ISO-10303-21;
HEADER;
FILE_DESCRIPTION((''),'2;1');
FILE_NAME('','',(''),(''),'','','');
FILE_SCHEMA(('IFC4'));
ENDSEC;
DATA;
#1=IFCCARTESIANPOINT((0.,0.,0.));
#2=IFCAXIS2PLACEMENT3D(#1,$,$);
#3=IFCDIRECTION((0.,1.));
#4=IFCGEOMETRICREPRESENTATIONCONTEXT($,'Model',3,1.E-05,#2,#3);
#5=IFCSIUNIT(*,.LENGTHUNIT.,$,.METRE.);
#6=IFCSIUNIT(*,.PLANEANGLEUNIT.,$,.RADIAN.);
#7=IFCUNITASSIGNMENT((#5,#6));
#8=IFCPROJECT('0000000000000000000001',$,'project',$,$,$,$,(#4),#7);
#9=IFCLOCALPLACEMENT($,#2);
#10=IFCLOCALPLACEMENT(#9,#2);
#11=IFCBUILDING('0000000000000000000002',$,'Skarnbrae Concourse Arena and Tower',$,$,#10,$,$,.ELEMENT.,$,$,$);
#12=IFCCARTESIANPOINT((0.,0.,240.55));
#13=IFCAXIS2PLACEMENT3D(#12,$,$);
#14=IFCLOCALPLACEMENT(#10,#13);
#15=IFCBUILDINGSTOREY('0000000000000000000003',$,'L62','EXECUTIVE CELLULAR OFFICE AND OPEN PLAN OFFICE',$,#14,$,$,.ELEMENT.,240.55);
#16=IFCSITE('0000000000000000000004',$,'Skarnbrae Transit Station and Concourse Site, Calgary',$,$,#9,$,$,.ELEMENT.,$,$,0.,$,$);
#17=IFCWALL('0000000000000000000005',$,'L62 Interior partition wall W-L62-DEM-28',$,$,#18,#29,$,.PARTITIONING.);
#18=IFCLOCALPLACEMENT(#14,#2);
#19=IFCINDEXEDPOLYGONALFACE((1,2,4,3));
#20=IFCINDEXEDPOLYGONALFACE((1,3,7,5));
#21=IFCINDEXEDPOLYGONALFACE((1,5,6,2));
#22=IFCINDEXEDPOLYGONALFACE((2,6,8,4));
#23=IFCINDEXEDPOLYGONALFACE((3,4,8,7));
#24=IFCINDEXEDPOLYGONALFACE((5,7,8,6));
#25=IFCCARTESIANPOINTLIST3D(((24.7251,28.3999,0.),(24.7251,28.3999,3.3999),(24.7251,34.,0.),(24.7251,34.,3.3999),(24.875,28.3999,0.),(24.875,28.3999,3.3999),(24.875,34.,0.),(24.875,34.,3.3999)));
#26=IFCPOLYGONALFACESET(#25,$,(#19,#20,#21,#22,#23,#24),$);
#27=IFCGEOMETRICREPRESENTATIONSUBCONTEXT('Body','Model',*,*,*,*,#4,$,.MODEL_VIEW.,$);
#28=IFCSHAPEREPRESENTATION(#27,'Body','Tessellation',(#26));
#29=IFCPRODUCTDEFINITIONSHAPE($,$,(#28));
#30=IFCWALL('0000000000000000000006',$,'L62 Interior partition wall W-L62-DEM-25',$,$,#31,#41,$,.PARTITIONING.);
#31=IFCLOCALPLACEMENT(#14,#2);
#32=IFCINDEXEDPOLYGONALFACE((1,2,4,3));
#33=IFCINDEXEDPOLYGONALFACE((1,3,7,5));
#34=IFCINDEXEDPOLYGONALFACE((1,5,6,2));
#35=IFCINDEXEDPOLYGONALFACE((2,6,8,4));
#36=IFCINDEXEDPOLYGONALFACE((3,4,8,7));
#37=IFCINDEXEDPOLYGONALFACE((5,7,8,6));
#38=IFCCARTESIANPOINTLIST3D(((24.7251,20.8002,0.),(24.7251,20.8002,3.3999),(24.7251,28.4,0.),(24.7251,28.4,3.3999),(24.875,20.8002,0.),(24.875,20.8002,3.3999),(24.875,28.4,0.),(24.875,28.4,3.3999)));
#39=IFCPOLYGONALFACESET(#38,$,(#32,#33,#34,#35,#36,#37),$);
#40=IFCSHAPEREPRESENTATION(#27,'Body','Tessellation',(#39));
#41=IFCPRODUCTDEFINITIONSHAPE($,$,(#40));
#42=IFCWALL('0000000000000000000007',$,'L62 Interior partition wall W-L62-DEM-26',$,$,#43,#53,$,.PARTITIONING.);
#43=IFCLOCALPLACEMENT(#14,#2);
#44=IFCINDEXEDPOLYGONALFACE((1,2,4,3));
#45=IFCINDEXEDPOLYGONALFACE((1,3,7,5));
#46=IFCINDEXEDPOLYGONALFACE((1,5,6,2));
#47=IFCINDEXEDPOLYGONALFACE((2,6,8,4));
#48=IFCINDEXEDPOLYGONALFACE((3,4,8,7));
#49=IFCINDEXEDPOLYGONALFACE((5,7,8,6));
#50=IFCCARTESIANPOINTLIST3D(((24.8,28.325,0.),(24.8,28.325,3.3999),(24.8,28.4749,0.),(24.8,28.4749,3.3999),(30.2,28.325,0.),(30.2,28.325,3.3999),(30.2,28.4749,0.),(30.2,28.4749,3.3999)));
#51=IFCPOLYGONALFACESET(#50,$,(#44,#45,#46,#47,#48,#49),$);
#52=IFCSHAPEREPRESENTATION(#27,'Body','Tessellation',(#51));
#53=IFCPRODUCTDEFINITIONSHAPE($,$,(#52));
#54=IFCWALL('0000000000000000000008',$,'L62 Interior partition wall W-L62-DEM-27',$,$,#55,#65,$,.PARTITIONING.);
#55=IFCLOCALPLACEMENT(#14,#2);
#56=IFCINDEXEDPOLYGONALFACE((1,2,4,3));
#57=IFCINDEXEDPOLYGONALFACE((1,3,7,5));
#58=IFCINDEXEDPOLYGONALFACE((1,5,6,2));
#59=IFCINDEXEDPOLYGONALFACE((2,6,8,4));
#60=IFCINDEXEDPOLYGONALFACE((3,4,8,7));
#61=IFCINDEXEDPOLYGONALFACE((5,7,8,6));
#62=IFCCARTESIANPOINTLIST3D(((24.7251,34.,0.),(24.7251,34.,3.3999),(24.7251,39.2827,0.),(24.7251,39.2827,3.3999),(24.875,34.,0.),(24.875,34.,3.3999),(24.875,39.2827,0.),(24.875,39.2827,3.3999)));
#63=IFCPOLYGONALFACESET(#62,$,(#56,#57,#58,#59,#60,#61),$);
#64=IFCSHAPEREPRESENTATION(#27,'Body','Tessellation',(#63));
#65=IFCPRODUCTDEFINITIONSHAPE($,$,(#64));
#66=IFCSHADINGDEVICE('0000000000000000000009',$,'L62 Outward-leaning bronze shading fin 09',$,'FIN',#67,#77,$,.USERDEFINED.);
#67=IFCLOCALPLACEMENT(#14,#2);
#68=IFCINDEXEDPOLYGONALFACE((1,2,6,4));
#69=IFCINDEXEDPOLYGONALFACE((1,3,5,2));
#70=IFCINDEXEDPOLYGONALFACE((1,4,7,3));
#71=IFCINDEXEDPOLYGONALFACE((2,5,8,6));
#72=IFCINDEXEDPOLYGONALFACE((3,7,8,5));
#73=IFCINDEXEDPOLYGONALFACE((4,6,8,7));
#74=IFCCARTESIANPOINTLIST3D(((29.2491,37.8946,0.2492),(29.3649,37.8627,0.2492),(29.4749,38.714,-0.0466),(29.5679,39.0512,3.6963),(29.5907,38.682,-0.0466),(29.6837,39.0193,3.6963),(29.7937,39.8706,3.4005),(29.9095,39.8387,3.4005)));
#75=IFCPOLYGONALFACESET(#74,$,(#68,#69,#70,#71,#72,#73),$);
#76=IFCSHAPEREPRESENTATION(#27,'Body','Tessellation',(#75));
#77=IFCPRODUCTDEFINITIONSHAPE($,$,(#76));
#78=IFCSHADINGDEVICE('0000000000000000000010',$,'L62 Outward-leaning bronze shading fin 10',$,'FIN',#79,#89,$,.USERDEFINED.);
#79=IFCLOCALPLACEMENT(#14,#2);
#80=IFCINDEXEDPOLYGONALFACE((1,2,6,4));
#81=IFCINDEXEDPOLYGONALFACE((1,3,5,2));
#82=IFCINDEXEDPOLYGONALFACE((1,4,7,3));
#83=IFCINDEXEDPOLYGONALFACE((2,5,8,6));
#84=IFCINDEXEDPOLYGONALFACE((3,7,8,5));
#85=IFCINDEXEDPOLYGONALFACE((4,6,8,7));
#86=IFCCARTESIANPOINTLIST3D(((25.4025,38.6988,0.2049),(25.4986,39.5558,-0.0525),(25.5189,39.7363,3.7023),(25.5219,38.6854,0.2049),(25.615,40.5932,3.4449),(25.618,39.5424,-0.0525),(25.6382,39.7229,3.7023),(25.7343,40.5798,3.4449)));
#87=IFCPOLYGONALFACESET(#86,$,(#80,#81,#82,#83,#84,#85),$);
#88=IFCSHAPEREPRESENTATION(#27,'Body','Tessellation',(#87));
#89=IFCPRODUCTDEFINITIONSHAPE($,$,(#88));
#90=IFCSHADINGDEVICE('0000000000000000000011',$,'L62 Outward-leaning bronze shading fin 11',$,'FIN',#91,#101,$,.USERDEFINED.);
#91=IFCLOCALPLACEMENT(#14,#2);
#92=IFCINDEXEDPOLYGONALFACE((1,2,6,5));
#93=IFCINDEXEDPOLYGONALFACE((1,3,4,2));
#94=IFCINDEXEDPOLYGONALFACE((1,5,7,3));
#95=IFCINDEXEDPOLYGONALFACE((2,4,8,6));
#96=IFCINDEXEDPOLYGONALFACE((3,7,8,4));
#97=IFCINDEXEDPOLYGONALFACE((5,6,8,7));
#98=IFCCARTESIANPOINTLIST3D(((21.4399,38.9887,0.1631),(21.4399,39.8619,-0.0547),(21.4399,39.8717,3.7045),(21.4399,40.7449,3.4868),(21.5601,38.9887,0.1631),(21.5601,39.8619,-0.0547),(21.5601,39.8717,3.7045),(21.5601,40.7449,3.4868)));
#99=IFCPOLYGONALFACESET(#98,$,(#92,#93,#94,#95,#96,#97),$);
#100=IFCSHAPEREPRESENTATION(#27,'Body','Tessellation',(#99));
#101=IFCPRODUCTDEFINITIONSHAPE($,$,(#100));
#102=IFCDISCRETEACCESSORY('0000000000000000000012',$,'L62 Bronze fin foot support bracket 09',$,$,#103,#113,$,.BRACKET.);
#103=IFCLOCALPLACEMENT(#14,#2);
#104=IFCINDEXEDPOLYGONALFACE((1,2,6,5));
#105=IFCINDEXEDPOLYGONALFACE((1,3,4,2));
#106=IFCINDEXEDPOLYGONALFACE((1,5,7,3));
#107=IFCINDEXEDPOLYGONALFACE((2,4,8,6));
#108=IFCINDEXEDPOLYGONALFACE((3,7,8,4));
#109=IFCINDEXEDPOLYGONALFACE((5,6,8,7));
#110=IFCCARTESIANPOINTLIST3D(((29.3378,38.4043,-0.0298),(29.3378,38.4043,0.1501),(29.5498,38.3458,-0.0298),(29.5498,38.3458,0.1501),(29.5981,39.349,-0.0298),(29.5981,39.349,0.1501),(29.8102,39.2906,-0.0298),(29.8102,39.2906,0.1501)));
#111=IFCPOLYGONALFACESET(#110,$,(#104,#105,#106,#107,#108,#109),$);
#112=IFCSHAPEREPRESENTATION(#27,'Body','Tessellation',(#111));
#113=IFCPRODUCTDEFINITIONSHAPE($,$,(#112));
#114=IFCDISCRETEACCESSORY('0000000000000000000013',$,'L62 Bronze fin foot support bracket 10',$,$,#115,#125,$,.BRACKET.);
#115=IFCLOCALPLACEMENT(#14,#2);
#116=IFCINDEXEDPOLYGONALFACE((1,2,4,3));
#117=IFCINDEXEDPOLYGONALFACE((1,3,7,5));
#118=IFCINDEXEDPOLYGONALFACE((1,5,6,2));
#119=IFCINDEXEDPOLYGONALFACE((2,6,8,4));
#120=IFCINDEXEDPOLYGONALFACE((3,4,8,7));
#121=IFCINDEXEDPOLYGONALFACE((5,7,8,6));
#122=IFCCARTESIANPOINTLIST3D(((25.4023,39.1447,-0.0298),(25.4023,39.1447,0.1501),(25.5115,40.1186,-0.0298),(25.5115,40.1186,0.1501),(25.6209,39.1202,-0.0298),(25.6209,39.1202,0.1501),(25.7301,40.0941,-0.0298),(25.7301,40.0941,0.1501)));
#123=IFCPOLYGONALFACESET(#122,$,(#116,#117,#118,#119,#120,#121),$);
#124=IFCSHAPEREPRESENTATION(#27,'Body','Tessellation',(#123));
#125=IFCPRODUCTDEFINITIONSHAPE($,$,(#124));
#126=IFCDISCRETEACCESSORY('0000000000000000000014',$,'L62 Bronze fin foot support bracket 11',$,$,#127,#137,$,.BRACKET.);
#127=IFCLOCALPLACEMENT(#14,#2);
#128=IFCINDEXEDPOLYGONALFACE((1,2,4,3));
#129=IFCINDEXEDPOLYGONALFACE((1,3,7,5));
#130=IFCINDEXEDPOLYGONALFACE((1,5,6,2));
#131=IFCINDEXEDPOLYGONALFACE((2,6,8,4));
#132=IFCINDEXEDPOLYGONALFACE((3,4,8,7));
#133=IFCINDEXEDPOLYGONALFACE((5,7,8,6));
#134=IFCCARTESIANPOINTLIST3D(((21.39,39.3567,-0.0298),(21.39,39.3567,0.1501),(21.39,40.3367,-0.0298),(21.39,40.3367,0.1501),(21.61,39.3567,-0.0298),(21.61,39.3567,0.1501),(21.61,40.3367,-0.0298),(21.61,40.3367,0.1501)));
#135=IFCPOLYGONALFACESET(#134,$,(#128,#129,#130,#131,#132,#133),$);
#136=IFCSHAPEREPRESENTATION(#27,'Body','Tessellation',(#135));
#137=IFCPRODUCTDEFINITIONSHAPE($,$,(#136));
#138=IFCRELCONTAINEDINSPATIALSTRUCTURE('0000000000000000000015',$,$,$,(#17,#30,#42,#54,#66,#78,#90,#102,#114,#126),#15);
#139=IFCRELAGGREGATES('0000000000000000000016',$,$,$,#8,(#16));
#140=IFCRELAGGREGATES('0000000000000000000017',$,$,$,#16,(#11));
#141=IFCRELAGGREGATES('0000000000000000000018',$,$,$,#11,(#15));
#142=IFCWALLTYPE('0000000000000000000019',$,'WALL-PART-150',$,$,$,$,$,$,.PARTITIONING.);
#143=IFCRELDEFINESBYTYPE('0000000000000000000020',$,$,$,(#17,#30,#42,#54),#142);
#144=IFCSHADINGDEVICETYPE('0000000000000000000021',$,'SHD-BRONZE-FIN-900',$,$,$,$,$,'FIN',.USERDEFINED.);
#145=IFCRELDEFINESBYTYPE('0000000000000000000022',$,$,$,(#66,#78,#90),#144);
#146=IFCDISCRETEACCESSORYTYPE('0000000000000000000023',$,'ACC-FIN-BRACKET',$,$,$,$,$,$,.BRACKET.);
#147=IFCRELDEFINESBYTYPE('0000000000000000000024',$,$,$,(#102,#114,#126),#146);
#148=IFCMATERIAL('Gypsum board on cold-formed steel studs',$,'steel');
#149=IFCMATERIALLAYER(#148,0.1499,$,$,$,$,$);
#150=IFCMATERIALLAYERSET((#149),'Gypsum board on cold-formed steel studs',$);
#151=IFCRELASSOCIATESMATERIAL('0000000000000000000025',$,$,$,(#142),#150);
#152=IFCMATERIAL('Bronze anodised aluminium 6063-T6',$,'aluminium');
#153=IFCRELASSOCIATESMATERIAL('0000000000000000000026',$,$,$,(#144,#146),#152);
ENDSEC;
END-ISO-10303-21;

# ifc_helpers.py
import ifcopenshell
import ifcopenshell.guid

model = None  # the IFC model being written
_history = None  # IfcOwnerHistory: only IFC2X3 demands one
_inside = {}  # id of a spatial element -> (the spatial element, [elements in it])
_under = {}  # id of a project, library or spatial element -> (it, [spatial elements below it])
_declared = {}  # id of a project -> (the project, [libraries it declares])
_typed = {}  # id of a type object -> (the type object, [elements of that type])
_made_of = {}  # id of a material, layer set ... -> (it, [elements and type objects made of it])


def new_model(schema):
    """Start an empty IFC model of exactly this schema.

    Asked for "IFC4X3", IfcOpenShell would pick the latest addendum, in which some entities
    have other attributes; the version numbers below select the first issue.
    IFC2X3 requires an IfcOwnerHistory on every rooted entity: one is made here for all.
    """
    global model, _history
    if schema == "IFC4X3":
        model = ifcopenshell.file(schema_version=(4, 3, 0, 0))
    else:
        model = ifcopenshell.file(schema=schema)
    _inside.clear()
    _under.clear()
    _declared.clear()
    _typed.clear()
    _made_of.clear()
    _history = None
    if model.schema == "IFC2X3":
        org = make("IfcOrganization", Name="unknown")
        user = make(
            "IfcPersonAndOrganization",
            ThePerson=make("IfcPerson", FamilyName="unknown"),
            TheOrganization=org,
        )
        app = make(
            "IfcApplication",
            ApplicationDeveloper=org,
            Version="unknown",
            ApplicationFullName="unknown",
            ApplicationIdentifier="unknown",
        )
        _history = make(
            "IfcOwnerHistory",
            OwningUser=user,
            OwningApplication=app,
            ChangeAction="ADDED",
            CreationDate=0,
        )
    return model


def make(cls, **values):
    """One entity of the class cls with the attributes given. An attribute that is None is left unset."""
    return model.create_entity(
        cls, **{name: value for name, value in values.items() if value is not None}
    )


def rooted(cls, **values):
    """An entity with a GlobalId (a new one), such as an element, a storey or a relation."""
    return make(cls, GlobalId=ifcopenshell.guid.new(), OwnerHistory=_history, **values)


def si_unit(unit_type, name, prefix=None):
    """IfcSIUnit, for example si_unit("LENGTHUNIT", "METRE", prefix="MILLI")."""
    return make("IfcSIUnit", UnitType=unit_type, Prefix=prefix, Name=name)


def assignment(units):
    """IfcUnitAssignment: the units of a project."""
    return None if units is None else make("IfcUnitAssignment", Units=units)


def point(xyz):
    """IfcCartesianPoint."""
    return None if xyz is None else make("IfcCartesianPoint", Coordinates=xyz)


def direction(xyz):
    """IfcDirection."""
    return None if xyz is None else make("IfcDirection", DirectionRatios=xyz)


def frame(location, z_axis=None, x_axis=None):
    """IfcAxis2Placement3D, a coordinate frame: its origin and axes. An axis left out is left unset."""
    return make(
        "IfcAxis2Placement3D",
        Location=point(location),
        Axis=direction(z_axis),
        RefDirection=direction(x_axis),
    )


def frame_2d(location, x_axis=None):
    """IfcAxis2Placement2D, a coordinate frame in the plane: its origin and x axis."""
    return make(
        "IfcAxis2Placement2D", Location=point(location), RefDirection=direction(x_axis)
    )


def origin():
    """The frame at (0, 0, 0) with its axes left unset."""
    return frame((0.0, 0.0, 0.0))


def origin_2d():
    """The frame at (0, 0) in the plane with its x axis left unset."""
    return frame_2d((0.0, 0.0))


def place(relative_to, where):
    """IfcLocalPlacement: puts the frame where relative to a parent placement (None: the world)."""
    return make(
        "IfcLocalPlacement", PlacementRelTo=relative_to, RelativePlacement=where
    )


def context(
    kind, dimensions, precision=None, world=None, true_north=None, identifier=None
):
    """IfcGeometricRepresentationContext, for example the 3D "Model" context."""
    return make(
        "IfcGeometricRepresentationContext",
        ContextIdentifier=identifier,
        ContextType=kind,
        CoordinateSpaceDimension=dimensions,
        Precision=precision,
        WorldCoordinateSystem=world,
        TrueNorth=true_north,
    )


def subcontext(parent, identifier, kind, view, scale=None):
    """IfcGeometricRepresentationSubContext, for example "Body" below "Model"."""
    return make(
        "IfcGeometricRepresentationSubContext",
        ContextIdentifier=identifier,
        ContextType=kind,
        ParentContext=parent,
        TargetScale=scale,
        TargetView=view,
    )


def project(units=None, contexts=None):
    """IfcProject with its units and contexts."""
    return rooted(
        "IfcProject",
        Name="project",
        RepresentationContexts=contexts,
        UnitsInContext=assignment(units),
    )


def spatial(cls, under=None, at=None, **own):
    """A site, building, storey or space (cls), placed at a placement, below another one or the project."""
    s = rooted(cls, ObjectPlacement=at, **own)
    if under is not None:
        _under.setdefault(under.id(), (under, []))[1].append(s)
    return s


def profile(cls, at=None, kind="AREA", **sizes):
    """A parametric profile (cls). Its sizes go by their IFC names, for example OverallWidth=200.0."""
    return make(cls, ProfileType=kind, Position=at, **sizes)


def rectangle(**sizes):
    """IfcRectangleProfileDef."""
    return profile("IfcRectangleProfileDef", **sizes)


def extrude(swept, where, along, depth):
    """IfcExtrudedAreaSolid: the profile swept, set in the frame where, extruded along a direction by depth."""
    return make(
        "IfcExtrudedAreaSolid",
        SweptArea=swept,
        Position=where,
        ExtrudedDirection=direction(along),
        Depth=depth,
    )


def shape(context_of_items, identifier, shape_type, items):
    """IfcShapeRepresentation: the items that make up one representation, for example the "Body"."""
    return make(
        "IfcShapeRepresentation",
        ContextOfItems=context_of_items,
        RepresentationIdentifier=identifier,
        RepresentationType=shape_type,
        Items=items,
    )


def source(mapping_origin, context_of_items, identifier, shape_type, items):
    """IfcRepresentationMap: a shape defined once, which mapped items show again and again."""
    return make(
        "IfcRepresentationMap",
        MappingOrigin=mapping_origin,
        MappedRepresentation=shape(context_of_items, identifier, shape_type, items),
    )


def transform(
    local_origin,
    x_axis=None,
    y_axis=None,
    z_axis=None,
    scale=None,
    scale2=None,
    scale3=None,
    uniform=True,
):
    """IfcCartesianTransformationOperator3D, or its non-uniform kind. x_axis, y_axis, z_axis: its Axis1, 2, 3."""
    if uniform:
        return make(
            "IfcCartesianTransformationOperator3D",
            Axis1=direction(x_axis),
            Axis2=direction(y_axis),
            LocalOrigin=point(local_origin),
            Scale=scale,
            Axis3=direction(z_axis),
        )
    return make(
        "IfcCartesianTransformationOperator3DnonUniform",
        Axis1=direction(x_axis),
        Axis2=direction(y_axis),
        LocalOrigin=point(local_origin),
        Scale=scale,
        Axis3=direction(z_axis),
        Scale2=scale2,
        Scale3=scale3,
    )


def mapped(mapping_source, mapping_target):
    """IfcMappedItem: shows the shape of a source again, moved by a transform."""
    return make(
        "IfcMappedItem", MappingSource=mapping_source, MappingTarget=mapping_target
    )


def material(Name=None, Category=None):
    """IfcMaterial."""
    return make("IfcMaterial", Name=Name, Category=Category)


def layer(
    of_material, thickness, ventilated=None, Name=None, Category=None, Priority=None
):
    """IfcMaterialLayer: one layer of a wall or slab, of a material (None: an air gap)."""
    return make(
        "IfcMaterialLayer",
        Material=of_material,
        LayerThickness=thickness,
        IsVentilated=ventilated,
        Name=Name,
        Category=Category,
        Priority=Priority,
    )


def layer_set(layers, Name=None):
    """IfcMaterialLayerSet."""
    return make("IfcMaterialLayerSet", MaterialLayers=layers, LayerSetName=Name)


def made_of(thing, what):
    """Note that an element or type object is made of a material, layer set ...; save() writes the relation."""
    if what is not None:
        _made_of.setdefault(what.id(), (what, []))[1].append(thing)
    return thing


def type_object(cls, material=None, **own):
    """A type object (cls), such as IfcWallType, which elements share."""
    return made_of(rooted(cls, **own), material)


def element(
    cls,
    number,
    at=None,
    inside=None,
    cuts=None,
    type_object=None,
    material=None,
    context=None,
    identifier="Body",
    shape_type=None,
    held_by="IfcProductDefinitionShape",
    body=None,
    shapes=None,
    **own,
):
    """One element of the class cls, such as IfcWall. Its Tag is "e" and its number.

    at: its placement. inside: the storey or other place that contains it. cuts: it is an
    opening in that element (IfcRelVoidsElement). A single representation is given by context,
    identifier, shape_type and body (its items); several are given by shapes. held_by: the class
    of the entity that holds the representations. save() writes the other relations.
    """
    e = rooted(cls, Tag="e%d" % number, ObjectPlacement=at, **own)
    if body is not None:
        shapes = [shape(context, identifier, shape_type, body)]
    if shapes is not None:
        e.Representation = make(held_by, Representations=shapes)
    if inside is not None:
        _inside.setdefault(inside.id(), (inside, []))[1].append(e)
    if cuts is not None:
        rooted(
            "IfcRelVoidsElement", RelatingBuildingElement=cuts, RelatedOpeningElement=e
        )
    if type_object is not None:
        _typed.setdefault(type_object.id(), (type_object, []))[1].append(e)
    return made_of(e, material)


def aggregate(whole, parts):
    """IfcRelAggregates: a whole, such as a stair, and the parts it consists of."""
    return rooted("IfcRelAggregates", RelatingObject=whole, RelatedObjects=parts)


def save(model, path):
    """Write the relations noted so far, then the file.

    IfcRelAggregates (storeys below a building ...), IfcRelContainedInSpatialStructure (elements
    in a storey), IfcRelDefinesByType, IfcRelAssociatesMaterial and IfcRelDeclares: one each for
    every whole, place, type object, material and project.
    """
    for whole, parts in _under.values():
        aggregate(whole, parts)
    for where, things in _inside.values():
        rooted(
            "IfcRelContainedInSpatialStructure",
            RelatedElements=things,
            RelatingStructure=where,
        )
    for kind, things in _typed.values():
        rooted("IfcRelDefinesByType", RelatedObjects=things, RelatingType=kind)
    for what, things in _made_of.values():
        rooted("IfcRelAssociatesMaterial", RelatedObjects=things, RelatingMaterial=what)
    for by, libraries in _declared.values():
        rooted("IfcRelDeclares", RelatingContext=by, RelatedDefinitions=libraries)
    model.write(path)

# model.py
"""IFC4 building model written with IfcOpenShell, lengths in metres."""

from ifc_helpers import new_model, si_unit, direction, frame, frame_2d, origin, origin_2d, place, context, subcontext, project, spatial, rectangle, extrude, source, transform, mapped, material, layer, layer_set, type_object, element, save


model = new_model("IFC4")

# Units and contexts
model_context = context("Model", 3, precision=1e-05, world=origin(), true_north=direction((0.0, 1.0)))
body_context = subcontext(model_context, "Body", "Model", "MODEL_VIEW")
ifc_project = project(units=[si_unit("LENGTHUNIT", "METRE"), si_unit("PLANEANGLEUNIT", "RADIAN")], contexts=[model_context])

# Site, building, storey
site_placement = place(None, origin())
site = spatial("IfcSite", under=ifc_project, at=site_placement, Name="Skarnbrae Transit Station and Concourse Site, Calgary", CompositionType="ELEMENT", RefElevation=0.0)
building_placement = place(site_placement, origin())
building = spatial("IfcBuilding", under=site, at=building_placement, Name="Skarnbrae Concourse Arena and Tower", CompositionType="ELEMENT")
storey_placement = place(building_placement, frame((0.0, 0.0, 240.55)))
storey = spatial("IfcBuildingStorey", under=building, at=storey_placement, Name="L62", Description="EXECUTIVE CELLULAR OFFICE AND OPEN PLAN OFFICE", CompositionType="ELEMENT", Elevation=240.55)

# Shared definitions
ifc_material_1 = material(Name="Bronze anodised aluminium 6063-T6", Category="aluminium")

# Walls
ifc_material_2 = material(Name="Gypsum board on cold-formed steel studs", Category="steel")
ifc_layer_1 = layer(ifc_material_2, 0.1499)
ifc_layer_set_1 = layer_set([ifc_layer_1], Name="Gypsum board on cold-formed steel studs")
wall_type = type_object("IfcWallType", Name="WALL-PART-150", PredefinedType="PARTITIONING", material=ifc_layer_set_1)
shared_shape_1 = source(origin(), body_context, "Body", "SweptSolid", [
    extrude(rectangle(XDim=5.6001, YDim=0.1499, at=frame_2d((2.8, 0.0))), origin(), (0.0, 0.0, 1.0), 3.3999),
])
wall_1_placement = place(storey_placement, frame((24.8, 34.0, 0.0), z_axis=(0.0, 0.0, 1.0), x_axis=(0.0, -1.0, 0.0)))
element("IfcWall", 1, at=wall_1_placement, inside=storey, type_object=wall_type, Name="L62 Interior partition wall W-L62-DEM-28", PredefinedType="PARTITIONING", context=body_context, shape_type="MappedRepresentation", body=[
    mapped(shared_shape_1, transform((0.0, 0.0, 0.0))),
])
shared_shape_2 = source(origin(), body_context, "Body", "SweptSolid", [
    extrude(rectangle(XDim=7.5999, YDim=0.1499, at=frame_2d((3.7998, 0.0))), origin(), (0.0, 0.0, 1.0), 3.3999),
])
wall_2_placement = place(storey_placement, frame((24.8, 28.3999, 0.0), z_axis=(0.0, 0.0, 1.0), x_axis=(0.0, -1.0, 0.0)))
element("IfcWall", 2, at=wall_2_placement, inside=storey, type_object=wall_type, Name="L62 Interior partition wall W-L62-DEM-25", PredefinedType="PARTITIONING", context=body_context, shape_type="MappedRepresentation", body=[
    mapped(shared_shape_2, transform((0.0, 0.0, 0.0))),
])
shared_shape_3 = source(origin(), body_context, "Body", "SweptSolid", [
    extrude(rectangle(XDim=5.3999, YDim=0.1499, at=frame_2d((2.7, 0.0))), origin(), (0.0, 0.0, 1.0), 3.3999),
])
wall_3_placement = place(storey_placement, frame((24.8, 28.3999, 0.0), z_axis=(0.0, 0.0, 1.0), x_axis=(1.0, 0.0, 0.0)))
element("IfcWall", 3, at=wall_3_placement, inside=storey, type_object=wall_type, Name="L62 Interior partition wall W-L62-DEM-26", PredefinedType="PARTITIONING", context=body_context, shape_type="MappedRepresentation", body=[
    mapped(shared_shape_3, transform((0.0, 0.0, 0.0))),
])
shared_shape_4 = source(origin(), body_context, "Body", "SweptSolid", [
    extrude(rectangle(XDim=5.2827, YDim=0.1499, at=frame_2d((2.6414, 0.0))), origin(), (0.0, 0.0, 1.0), 3.3999),
])
wall_4_placement = place(storey_placement, frame((24.8, 39.2827, 0.0), z_axis=(0.0, 0.0, 1.0), x_axis=(0.0, -1.0, 0.0)))
element("IfcWall", 4, at=wall_4_placement, inside=storey, type_object=wall_type, Name="L62 Interior partition wall W-L62-DEM-27", PredefinedType="PARTITIONING", context=body_context, shape_type="MappedRepresentation", body=[
    mapped(shared_shape_4, transform((0.0, 0.0, 0.0))),
])

# Shading devices
shading_device_type = type_object("IfcShadingDeviceType", Name="SHD-BRONZE-FIN-900", ElementType="FIN", PredefinedType="USERDEFINED", material=ifc_material_1)
shared_shape_5 = source(origin(), body_context, "Body", "SweptSolid", [
    extrude(rectangle(XDim=0.1201, YDim=0.8999, at=origin_2d()), origin(), (0.0, 0.0, 1.0), 3.6499),
])
for number, where, z_axis, x_axis, name in (
    (5, (29.4199, 38.2883, 0.1013), (0.087333, 0.316888, 0.944434), (0.964058, -0.265691, 0.0), "L62 Outward-leaning bronze shading fin 09"),
    (6, (25.5103, 39.1206, 0.0762), (0.031878, 0.284241, 0.958223), (0.99377, -0.111452, 0.0), "L62 Outward-leaning bronze shading fin 10"),
    (7, (21.5, 39.4253, 0.0542), (0.0, 0.241922, 0.970296), (1.0, 0.0, 0.0), "L62 Outward-leaning bronze shading fin 11"),
):
    element("IfcShadingDevice", number, at=place(storey_placement, frame(where, z_axis=z_axis, x_axis=x_axis)), inside=storey, type_object=shading_device_type, Name=name, ObjectType="FIN", PredefinedType="USERDEFINED", context=body_context, shape_type="MappedRepresentation", body=[
        mapped(shared_shape_5, transform((0.0, 0.0, 0.0))),
    ])

# Discrete accessories
discrete_accessory_type = type_object("IfcDiscreteAccessoryType", Name="ACC-FIN-BRACKET", PredefinedType="BRACKET", material=ifc_material_1)
shared_shape_6 = source(origin(), body_context, "Body", "SweptSolid", [
    extrude(rectangle(XDim=0.22, YDim=0.98, at=origin_2d()), origin(), (0.0, 0.0, 1.0), 0.1799),
])
for number, where, z_axis, x_axis, name in (
    (8, (29.574, 38.8474, -0.0298), (0.0, 0.0, 1.0), (0.964058, -0.265691, 0.0), "L62 Bronze fin foot support bracket 09"),
    (9, (25.5662, 39.6194, -0.0298), (0.0, 0.0, 1.0), (0.99377, -0.111452, 0.0), "L62 Bronze fin foot support bracket 10"),
    (10, (21.5, 39.8467, -0.0298), (0.0, 0.0, 1.0), (1.0, 0.0, 0.0), "L62 Bronze fin foot support bracket 11"),
):
    element("IfcDiscreteAccessory", number, at=place(storey_placement, frame(where, z_axis=z_axis, x_axis=x_axis)), inside=storey, type_object=discrete_accessory_type, Name=name, PredefinedType="BRACKET", context=body_context, shape_type="MappedRepresentation", body=[
        mapped(shared_shape_6, transform((0.0, 0.0, 0.0))),
    ])

save(model, "model.ifc")
